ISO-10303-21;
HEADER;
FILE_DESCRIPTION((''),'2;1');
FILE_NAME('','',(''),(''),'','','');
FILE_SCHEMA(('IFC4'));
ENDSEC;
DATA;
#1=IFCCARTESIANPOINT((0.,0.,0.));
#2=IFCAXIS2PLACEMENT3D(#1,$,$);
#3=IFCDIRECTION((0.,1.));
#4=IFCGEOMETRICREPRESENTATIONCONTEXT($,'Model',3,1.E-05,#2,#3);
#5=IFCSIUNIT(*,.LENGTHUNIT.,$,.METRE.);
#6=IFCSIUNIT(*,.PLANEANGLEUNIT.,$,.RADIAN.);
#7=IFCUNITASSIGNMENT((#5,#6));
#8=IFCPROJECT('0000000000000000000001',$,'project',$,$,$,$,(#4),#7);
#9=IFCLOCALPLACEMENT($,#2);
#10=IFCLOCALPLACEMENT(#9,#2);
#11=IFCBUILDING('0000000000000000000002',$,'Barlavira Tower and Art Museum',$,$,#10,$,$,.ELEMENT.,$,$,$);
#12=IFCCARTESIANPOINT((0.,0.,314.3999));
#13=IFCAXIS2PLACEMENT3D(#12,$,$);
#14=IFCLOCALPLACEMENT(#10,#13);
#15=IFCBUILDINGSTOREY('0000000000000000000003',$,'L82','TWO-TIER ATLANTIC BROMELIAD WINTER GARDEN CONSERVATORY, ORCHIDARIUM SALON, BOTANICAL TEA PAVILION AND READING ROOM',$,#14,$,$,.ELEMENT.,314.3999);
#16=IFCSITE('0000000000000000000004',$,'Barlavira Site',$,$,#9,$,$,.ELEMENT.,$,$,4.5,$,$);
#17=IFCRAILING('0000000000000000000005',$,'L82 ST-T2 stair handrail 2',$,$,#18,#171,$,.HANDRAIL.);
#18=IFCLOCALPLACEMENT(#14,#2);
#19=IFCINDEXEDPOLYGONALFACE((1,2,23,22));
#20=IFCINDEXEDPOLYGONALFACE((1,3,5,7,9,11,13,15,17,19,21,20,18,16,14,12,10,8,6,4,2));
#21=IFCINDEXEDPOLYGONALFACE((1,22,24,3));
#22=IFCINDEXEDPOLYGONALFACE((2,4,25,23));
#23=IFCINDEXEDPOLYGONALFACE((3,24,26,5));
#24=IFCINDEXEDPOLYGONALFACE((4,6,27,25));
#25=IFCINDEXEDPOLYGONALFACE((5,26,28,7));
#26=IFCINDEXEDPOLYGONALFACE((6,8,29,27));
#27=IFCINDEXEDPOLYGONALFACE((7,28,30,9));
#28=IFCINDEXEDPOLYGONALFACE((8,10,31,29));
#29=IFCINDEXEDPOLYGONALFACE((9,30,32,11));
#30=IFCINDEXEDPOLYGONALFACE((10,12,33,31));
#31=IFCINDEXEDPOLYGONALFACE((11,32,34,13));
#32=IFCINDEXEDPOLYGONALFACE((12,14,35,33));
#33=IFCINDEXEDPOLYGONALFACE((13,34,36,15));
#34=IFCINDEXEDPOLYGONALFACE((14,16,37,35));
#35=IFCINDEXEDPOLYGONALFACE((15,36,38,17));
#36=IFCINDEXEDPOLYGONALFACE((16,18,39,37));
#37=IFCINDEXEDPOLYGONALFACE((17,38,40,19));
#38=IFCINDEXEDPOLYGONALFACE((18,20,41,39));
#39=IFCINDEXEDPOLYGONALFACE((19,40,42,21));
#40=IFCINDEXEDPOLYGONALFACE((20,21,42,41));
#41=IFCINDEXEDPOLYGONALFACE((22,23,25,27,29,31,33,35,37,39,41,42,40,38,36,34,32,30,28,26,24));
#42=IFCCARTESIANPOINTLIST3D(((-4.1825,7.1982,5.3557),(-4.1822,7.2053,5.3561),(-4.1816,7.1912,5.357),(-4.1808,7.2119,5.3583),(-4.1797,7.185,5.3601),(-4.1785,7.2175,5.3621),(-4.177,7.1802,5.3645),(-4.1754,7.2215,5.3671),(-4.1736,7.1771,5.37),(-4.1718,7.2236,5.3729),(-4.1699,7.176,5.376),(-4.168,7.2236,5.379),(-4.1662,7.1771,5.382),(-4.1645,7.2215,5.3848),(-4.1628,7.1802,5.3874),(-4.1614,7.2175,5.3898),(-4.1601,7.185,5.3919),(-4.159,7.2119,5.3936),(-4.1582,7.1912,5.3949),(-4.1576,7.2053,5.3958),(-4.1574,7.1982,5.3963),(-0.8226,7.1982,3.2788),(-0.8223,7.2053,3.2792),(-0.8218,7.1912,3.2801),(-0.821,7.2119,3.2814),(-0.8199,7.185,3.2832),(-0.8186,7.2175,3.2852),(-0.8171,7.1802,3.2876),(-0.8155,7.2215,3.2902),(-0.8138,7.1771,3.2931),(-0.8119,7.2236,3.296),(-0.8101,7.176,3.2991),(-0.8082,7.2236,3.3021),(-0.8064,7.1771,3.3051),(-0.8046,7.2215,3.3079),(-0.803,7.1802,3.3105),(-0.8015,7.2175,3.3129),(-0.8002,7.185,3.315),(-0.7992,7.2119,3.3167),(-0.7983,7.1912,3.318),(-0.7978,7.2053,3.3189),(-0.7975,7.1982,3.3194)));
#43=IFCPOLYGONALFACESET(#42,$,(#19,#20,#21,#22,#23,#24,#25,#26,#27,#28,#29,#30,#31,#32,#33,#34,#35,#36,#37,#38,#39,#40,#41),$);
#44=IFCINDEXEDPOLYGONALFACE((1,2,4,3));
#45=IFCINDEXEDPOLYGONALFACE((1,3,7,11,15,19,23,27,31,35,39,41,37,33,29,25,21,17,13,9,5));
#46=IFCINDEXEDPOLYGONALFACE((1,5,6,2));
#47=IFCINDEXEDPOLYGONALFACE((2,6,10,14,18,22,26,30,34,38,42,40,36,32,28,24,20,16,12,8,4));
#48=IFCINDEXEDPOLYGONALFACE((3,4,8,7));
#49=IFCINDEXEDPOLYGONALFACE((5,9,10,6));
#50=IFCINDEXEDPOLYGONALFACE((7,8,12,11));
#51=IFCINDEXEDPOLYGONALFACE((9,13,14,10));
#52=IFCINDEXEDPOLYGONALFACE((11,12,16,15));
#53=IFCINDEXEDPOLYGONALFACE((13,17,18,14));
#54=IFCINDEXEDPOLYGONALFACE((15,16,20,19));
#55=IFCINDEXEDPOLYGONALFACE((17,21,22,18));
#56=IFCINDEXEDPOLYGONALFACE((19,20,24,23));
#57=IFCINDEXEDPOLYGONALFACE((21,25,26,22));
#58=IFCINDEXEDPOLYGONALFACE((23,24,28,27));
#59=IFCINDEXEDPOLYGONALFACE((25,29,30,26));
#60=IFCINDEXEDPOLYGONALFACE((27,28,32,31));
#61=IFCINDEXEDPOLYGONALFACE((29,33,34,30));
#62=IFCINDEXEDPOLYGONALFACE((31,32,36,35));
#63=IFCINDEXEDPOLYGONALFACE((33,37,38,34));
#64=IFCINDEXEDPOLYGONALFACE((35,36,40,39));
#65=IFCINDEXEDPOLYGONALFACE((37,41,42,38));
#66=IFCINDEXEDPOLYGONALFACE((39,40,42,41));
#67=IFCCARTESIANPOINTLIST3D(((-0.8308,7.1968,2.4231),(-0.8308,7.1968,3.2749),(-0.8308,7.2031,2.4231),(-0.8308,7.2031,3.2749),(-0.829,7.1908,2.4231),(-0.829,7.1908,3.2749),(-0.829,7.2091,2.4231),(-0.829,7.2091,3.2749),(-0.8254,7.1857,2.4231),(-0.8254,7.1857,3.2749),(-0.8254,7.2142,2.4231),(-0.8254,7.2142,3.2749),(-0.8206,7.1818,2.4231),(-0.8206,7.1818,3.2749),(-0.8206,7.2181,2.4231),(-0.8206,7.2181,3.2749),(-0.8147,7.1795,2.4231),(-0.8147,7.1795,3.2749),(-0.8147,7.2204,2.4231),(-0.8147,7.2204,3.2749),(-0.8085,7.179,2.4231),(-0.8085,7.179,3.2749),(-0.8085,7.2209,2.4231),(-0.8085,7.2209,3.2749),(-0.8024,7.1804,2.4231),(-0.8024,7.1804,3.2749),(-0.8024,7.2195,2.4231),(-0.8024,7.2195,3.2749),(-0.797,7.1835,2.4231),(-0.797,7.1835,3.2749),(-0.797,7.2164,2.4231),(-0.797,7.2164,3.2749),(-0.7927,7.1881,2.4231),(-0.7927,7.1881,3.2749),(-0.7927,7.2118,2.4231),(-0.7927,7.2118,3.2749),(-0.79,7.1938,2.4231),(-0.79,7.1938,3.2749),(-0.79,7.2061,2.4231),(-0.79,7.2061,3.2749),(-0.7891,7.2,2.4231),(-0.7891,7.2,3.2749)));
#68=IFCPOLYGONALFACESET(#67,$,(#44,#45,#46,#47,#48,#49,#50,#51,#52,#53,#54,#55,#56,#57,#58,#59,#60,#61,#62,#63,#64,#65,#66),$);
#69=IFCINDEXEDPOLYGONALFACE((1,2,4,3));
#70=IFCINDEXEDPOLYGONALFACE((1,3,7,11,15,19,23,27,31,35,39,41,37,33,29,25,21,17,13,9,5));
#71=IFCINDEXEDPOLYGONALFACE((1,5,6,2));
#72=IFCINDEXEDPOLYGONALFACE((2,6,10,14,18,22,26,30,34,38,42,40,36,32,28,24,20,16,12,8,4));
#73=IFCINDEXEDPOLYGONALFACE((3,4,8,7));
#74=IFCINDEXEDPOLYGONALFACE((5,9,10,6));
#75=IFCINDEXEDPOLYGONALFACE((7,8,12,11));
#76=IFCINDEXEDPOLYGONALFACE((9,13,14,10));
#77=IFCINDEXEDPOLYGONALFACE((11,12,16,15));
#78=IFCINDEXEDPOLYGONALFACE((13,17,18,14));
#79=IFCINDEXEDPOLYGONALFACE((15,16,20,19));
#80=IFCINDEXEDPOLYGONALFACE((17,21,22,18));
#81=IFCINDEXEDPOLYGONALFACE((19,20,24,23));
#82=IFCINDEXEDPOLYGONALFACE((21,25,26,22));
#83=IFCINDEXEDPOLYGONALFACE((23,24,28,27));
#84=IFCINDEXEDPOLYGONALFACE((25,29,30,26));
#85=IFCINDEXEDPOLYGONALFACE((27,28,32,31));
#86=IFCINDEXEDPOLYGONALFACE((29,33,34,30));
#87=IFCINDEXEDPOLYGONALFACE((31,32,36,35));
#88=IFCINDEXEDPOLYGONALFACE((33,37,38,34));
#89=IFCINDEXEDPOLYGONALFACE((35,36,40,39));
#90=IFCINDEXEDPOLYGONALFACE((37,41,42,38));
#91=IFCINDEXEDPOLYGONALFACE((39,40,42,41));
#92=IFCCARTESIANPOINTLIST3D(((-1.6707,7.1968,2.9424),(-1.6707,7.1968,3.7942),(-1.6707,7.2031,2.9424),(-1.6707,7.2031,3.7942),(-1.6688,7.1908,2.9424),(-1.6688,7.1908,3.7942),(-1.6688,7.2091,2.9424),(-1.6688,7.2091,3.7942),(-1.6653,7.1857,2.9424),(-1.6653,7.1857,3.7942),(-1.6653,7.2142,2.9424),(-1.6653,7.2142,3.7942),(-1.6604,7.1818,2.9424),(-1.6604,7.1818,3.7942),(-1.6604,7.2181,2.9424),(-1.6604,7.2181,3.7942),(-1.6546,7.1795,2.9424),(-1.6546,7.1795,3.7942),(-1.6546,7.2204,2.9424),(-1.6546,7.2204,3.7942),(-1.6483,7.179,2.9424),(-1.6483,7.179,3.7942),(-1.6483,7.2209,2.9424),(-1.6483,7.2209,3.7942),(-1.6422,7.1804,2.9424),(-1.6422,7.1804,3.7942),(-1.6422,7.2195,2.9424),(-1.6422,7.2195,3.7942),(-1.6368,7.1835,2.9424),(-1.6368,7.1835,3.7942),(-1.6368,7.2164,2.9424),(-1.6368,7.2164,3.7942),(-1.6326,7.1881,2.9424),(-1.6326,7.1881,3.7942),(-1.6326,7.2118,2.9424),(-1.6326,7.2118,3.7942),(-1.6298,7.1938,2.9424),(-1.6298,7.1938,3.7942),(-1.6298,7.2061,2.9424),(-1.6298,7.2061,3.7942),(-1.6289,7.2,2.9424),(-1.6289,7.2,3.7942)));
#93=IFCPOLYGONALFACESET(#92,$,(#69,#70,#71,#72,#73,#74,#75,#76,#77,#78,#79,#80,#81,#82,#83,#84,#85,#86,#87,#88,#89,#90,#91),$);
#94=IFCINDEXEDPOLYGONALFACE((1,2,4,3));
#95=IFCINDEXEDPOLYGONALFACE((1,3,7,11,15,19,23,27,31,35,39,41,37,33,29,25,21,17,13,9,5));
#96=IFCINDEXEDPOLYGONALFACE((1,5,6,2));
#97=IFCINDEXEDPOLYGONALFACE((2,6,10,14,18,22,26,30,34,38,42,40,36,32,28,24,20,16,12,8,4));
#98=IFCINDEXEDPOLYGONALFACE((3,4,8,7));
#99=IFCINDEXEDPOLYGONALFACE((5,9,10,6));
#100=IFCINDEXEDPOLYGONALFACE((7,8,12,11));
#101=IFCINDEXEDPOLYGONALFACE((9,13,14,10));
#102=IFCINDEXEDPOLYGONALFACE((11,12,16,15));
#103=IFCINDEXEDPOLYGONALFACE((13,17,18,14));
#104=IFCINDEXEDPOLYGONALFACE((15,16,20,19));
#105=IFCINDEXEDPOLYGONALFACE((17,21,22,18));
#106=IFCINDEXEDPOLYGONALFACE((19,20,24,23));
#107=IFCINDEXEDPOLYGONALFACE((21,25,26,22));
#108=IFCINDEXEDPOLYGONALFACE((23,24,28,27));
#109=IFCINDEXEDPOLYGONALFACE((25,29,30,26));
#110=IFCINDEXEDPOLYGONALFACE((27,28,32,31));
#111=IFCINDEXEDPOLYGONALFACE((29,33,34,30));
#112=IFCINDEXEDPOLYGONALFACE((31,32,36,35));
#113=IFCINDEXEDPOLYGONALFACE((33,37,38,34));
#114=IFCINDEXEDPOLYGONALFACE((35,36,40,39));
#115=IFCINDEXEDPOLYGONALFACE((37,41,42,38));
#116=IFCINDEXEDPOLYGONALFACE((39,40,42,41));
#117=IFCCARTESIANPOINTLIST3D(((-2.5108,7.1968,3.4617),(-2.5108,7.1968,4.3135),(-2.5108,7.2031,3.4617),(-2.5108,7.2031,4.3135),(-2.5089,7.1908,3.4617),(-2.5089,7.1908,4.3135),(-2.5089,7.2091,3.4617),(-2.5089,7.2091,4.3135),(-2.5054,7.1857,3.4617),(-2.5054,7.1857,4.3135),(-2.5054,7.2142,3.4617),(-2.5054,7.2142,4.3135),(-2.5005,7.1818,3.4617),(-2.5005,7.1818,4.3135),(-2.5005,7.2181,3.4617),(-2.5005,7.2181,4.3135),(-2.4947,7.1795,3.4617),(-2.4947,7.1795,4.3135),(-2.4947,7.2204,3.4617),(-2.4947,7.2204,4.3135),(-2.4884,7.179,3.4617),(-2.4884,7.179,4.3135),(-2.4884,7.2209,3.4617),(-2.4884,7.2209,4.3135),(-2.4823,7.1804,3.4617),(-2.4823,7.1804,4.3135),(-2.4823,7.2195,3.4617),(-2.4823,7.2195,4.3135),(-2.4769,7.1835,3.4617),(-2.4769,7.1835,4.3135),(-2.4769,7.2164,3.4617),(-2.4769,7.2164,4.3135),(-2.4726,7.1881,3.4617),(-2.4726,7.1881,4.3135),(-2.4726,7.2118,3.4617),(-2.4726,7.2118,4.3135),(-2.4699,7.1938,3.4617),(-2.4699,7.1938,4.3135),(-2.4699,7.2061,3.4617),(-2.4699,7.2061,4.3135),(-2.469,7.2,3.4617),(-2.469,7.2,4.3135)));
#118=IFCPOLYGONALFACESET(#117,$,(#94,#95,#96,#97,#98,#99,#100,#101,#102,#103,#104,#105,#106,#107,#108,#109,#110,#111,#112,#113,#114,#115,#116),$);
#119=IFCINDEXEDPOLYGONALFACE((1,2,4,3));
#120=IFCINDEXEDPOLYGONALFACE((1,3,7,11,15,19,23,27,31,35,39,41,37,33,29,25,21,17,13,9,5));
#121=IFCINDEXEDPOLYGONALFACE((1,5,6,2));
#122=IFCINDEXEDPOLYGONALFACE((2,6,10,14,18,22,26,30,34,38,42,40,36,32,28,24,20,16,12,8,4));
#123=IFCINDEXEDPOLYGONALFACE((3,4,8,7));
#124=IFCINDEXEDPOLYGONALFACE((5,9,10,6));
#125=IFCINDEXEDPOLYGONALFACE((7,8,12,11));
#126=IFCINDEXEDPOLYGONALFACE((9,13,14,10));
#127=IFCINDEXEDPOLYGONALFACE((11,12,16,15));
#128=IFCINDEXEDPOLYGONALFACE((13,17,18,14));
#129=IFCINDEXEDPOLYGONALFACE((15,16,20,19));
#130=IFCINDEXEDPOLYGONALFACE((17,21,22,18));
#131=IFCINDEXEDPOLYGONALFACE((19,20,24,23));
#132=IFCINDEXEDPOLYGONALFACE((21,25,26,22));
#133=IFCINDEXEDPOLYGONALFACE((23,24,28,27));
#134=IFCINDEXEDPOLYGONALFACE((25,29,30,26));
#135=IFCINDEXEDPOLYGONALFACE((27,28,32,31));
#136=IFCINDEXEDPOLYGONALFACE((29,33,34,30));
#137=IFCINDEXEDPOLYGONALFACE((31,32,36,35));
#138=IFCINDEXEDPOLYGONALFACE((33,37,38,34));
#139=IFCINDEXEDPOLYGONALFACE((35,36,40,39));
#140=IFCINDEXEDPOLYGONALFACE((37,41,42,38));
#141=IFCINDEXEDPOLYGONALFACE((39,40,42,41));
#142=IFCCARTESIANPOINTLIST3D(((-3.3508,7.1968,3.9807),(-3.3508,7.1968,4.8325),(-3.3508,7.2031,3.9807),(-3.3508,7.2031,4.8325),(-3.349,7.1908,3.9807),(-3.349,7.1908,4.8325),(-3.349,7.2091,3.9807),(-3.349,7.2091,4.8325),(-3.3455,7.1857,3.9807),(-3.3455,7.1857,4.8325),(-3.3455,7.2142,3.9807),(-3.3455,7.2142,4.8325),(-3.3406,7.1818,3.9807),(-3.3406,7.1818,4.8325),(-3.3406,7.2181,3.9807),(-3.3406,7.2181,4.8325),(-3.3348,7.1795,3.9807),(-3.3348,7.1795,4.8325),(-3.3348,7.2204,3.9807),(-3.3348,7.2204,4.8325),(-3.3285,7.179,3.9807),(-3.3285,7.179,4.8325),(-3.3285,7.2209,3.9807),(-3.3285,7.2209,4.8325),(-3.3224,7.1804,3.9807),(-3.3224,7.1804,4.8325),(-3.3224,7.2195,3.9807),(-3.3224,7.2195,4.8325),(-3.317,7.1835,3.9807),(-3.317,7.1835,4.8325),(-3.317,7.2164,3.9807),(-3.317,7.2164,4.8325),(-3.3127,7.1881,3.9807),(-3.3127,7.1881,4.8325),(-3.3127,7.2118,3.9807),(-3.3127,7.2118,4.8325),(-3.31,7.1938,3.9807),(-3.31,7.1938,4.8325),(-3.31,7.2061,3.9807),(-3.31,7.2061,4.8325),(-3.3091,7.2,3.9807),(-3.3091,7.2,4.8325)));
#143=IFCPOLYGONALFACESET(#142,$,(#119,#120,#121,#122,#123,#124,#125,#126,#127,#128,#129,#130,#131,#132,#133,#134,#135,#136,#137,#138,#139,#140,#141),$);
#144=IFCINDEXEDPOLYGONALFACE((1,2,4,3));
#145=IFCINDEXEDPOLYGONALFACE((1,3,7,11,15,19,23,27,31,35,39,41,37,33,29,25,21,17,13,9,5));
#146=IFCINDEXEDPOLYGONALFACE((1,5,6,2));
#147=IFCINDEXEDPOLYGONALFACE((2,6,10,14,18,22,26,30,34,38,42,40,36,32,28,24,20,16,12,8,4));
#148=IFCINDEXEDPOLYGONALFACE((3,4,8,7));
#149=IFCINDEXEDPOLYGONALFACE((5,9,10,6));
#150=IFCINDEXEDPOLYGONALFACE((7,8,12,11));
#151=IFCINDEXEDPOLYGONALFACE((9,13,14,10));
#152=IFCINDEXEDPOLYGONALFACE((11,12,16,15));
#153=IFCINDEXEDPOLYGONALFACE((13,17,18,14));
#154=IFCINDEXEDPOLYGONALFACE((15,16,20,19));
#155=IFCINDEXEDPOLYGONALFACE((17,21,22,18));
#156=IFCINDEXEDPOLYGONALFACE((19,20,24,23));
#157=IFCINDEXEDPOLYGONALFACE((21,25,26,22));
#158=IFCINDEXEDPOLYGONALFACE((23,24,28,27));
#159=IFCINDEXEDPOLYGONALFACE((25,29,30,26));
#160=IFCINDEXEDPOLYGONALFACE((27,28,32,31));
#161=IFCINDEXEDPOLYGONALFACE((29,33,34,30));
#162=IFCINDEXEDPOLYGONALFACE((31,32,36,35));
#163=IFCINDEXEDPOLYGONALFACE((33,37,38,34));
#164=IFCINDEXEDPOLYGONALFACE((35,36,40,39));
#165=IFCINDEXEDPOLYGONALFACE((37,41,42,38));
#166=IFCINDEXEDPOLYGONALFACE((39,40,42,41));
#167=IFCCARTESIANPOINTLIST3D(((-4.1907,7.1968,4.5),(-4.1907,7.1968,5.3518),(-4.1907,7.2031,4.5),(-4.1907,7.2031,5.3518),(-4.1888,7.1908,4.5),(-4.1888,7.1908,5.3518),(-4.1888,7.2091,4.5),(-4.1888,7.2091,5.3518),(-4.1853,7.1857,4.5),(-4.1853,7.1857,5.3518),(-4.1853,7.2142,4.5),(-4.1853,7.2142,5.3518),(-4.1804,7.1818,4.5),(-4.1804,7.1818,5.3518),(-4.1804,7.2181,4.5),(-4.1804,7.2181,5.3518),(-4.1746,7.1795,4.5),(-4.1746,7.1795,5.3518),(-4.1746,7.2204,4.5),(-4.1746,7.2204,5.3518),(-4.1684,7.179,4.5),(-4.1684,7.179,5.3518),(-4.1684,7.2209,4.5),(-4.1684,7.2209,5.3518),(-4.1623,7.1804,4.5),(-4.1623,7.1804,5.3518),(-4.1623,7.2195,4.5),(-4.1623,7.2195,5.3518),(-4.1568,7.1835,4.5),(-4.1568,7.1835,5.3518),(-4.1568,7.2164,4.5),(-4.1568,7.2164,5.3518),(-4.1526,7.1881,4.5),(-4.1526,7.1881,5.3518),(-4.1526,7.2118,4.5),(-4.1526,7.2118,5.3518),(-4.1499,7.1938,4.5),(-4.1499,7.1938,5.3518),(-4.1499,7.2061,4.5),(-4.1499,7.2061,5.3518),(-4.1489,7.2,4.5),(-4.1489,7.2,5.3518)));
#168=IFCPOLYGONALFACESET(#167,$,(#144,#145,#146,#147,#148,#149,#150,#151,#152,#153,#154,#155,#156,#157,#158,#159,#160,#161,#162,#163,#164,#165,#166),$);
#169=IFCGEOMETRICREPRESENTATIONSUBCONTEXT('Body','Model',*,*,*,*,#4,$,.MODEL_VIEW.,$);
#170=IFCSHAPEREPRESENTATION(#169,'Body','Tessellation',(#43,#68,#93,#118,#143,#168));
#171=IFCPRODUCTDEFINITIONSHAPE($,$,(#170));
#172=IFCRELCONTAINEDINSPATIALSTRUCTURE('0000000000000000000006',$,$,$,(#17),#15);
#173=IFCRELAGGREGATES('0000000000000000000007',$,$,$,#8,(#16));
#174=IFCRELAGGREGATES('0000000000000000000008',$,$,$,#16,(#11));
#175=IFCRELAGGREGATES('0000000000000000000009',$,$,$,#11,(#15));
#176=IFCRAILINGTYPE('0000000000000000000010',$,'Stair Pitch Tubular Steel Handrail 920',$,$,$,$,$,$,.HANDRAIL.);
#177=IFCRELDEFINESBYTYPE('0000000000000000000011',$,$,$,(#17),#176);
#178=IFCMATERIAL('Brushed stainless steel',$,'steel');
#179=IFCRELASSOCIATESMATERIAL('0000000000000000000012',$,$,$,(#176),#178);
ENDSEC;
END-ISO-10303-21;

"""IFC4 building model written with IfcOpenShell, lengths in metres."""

from ifc_helpers import new_model, si_unit, direction, frame, origin, origin_2d, place, context, subcontext, project, spatial, circle, extrude, material, type_object, element, save


model = new_model("IFC4")

# Units and contexts
model_context = context("Model", 3, precision=1e-05, world=origin(), true_north=direction((0.0, 1.0)))
body_context = subcontext(model_context, "Body", "Model", "MODEL_VIEW")
ifc_project = project(units=[si_unit("LENGTHUNIT", "METRE"), si_unit("PLANEANGLEUNIT", "RADIAN")], contexts=[model_context])

# Site, building, storey
site_placement = place(None, origin())
site = spatial("IfcSite", under=ifc_project, at=site_placement, Name="Barlavira Site", CompositionType="ELEMENT", RefElevation=4.5)
building_placement = place(site_placement, origin())
building = spatial("IfcBuilding", under=site, at=building_placement, Name="Barlavira Tower and Art Museum", CompositionType="ELEMENT")
storey_placement = place(building_placement, frame((0.0, 0.0, 314.3999)))
storey = spatial("IfcBuildingStorey", under=building, at=storey_placement, Name="L82", Description="TWO-TIER ATLANTIC BROMELIAD WINTER GARDEN CONSERVATORY, ORCHIDARIUM SALON, BOTANICAL TEA PAVILION AND READING ROOM", CompositionType="ELEMENT", Elevation=314.3999)

# Shared definitions
ifc_material_1 = material(Name="Brushed stainless steel", Category="steel")

# Railing
railing_type_1 = type_object("IfcRailingType", Name="Stair Pitch Tubular Steel Handrail 920", PredefinedType="HANDRAIL", material=ifc_material_1)
railing_1_placement = place(storey_placement, frame((-0.8101, 7.2, 2.4231)))
element("IfcRailing", 1, at=railing_1_placement, inside=storey, type_object=railing_type_1, Name="L82 ST-T2 stair handrail 2", PredefinedType="HANDRAIL", context=body_context, shape_type="SweptSolid", body=[
    extrude(circle(Radius=0.0239, at=origin_2d()), frame((0.0, 0.0, 0.876), z_axis=(-0.850606, 0.0, 0.525803), x_axis=(0.0, -1.0, 0.0)), (0.0, 0.0, 1.0), 3.95),
    extrude(circle(Radius=0.021, at=origin_2d()), origin(), (0.0, 0.0, 1.0), 0.8518),
    extrude(circle(Radius=0.021, at=origin_2d()), frame((-0.8398, 0.0, 0.5193)), (0.0, 0.0, 1.0), 0.8518),
    extrude(circle(Radius=0.021, at=origin_2d()), frame((-1.6799, 0.0, 1.0386)), (0.0, 0.0, 1.0), 0.8518),
    extrude(circle(Radius=0.021, at=origin_2d()), frame((-2.52, 0.0, 1.5576)), (0.0, 0.0, 1.0), 0.8518),
    extrude(circle(Radius=0.021, at=origin_2d()), frame((-3.3599, 0.0, 2.0769)), (0.0, 0.0, 1.0), 0.8518),
])

save(model, "model.ifc")
